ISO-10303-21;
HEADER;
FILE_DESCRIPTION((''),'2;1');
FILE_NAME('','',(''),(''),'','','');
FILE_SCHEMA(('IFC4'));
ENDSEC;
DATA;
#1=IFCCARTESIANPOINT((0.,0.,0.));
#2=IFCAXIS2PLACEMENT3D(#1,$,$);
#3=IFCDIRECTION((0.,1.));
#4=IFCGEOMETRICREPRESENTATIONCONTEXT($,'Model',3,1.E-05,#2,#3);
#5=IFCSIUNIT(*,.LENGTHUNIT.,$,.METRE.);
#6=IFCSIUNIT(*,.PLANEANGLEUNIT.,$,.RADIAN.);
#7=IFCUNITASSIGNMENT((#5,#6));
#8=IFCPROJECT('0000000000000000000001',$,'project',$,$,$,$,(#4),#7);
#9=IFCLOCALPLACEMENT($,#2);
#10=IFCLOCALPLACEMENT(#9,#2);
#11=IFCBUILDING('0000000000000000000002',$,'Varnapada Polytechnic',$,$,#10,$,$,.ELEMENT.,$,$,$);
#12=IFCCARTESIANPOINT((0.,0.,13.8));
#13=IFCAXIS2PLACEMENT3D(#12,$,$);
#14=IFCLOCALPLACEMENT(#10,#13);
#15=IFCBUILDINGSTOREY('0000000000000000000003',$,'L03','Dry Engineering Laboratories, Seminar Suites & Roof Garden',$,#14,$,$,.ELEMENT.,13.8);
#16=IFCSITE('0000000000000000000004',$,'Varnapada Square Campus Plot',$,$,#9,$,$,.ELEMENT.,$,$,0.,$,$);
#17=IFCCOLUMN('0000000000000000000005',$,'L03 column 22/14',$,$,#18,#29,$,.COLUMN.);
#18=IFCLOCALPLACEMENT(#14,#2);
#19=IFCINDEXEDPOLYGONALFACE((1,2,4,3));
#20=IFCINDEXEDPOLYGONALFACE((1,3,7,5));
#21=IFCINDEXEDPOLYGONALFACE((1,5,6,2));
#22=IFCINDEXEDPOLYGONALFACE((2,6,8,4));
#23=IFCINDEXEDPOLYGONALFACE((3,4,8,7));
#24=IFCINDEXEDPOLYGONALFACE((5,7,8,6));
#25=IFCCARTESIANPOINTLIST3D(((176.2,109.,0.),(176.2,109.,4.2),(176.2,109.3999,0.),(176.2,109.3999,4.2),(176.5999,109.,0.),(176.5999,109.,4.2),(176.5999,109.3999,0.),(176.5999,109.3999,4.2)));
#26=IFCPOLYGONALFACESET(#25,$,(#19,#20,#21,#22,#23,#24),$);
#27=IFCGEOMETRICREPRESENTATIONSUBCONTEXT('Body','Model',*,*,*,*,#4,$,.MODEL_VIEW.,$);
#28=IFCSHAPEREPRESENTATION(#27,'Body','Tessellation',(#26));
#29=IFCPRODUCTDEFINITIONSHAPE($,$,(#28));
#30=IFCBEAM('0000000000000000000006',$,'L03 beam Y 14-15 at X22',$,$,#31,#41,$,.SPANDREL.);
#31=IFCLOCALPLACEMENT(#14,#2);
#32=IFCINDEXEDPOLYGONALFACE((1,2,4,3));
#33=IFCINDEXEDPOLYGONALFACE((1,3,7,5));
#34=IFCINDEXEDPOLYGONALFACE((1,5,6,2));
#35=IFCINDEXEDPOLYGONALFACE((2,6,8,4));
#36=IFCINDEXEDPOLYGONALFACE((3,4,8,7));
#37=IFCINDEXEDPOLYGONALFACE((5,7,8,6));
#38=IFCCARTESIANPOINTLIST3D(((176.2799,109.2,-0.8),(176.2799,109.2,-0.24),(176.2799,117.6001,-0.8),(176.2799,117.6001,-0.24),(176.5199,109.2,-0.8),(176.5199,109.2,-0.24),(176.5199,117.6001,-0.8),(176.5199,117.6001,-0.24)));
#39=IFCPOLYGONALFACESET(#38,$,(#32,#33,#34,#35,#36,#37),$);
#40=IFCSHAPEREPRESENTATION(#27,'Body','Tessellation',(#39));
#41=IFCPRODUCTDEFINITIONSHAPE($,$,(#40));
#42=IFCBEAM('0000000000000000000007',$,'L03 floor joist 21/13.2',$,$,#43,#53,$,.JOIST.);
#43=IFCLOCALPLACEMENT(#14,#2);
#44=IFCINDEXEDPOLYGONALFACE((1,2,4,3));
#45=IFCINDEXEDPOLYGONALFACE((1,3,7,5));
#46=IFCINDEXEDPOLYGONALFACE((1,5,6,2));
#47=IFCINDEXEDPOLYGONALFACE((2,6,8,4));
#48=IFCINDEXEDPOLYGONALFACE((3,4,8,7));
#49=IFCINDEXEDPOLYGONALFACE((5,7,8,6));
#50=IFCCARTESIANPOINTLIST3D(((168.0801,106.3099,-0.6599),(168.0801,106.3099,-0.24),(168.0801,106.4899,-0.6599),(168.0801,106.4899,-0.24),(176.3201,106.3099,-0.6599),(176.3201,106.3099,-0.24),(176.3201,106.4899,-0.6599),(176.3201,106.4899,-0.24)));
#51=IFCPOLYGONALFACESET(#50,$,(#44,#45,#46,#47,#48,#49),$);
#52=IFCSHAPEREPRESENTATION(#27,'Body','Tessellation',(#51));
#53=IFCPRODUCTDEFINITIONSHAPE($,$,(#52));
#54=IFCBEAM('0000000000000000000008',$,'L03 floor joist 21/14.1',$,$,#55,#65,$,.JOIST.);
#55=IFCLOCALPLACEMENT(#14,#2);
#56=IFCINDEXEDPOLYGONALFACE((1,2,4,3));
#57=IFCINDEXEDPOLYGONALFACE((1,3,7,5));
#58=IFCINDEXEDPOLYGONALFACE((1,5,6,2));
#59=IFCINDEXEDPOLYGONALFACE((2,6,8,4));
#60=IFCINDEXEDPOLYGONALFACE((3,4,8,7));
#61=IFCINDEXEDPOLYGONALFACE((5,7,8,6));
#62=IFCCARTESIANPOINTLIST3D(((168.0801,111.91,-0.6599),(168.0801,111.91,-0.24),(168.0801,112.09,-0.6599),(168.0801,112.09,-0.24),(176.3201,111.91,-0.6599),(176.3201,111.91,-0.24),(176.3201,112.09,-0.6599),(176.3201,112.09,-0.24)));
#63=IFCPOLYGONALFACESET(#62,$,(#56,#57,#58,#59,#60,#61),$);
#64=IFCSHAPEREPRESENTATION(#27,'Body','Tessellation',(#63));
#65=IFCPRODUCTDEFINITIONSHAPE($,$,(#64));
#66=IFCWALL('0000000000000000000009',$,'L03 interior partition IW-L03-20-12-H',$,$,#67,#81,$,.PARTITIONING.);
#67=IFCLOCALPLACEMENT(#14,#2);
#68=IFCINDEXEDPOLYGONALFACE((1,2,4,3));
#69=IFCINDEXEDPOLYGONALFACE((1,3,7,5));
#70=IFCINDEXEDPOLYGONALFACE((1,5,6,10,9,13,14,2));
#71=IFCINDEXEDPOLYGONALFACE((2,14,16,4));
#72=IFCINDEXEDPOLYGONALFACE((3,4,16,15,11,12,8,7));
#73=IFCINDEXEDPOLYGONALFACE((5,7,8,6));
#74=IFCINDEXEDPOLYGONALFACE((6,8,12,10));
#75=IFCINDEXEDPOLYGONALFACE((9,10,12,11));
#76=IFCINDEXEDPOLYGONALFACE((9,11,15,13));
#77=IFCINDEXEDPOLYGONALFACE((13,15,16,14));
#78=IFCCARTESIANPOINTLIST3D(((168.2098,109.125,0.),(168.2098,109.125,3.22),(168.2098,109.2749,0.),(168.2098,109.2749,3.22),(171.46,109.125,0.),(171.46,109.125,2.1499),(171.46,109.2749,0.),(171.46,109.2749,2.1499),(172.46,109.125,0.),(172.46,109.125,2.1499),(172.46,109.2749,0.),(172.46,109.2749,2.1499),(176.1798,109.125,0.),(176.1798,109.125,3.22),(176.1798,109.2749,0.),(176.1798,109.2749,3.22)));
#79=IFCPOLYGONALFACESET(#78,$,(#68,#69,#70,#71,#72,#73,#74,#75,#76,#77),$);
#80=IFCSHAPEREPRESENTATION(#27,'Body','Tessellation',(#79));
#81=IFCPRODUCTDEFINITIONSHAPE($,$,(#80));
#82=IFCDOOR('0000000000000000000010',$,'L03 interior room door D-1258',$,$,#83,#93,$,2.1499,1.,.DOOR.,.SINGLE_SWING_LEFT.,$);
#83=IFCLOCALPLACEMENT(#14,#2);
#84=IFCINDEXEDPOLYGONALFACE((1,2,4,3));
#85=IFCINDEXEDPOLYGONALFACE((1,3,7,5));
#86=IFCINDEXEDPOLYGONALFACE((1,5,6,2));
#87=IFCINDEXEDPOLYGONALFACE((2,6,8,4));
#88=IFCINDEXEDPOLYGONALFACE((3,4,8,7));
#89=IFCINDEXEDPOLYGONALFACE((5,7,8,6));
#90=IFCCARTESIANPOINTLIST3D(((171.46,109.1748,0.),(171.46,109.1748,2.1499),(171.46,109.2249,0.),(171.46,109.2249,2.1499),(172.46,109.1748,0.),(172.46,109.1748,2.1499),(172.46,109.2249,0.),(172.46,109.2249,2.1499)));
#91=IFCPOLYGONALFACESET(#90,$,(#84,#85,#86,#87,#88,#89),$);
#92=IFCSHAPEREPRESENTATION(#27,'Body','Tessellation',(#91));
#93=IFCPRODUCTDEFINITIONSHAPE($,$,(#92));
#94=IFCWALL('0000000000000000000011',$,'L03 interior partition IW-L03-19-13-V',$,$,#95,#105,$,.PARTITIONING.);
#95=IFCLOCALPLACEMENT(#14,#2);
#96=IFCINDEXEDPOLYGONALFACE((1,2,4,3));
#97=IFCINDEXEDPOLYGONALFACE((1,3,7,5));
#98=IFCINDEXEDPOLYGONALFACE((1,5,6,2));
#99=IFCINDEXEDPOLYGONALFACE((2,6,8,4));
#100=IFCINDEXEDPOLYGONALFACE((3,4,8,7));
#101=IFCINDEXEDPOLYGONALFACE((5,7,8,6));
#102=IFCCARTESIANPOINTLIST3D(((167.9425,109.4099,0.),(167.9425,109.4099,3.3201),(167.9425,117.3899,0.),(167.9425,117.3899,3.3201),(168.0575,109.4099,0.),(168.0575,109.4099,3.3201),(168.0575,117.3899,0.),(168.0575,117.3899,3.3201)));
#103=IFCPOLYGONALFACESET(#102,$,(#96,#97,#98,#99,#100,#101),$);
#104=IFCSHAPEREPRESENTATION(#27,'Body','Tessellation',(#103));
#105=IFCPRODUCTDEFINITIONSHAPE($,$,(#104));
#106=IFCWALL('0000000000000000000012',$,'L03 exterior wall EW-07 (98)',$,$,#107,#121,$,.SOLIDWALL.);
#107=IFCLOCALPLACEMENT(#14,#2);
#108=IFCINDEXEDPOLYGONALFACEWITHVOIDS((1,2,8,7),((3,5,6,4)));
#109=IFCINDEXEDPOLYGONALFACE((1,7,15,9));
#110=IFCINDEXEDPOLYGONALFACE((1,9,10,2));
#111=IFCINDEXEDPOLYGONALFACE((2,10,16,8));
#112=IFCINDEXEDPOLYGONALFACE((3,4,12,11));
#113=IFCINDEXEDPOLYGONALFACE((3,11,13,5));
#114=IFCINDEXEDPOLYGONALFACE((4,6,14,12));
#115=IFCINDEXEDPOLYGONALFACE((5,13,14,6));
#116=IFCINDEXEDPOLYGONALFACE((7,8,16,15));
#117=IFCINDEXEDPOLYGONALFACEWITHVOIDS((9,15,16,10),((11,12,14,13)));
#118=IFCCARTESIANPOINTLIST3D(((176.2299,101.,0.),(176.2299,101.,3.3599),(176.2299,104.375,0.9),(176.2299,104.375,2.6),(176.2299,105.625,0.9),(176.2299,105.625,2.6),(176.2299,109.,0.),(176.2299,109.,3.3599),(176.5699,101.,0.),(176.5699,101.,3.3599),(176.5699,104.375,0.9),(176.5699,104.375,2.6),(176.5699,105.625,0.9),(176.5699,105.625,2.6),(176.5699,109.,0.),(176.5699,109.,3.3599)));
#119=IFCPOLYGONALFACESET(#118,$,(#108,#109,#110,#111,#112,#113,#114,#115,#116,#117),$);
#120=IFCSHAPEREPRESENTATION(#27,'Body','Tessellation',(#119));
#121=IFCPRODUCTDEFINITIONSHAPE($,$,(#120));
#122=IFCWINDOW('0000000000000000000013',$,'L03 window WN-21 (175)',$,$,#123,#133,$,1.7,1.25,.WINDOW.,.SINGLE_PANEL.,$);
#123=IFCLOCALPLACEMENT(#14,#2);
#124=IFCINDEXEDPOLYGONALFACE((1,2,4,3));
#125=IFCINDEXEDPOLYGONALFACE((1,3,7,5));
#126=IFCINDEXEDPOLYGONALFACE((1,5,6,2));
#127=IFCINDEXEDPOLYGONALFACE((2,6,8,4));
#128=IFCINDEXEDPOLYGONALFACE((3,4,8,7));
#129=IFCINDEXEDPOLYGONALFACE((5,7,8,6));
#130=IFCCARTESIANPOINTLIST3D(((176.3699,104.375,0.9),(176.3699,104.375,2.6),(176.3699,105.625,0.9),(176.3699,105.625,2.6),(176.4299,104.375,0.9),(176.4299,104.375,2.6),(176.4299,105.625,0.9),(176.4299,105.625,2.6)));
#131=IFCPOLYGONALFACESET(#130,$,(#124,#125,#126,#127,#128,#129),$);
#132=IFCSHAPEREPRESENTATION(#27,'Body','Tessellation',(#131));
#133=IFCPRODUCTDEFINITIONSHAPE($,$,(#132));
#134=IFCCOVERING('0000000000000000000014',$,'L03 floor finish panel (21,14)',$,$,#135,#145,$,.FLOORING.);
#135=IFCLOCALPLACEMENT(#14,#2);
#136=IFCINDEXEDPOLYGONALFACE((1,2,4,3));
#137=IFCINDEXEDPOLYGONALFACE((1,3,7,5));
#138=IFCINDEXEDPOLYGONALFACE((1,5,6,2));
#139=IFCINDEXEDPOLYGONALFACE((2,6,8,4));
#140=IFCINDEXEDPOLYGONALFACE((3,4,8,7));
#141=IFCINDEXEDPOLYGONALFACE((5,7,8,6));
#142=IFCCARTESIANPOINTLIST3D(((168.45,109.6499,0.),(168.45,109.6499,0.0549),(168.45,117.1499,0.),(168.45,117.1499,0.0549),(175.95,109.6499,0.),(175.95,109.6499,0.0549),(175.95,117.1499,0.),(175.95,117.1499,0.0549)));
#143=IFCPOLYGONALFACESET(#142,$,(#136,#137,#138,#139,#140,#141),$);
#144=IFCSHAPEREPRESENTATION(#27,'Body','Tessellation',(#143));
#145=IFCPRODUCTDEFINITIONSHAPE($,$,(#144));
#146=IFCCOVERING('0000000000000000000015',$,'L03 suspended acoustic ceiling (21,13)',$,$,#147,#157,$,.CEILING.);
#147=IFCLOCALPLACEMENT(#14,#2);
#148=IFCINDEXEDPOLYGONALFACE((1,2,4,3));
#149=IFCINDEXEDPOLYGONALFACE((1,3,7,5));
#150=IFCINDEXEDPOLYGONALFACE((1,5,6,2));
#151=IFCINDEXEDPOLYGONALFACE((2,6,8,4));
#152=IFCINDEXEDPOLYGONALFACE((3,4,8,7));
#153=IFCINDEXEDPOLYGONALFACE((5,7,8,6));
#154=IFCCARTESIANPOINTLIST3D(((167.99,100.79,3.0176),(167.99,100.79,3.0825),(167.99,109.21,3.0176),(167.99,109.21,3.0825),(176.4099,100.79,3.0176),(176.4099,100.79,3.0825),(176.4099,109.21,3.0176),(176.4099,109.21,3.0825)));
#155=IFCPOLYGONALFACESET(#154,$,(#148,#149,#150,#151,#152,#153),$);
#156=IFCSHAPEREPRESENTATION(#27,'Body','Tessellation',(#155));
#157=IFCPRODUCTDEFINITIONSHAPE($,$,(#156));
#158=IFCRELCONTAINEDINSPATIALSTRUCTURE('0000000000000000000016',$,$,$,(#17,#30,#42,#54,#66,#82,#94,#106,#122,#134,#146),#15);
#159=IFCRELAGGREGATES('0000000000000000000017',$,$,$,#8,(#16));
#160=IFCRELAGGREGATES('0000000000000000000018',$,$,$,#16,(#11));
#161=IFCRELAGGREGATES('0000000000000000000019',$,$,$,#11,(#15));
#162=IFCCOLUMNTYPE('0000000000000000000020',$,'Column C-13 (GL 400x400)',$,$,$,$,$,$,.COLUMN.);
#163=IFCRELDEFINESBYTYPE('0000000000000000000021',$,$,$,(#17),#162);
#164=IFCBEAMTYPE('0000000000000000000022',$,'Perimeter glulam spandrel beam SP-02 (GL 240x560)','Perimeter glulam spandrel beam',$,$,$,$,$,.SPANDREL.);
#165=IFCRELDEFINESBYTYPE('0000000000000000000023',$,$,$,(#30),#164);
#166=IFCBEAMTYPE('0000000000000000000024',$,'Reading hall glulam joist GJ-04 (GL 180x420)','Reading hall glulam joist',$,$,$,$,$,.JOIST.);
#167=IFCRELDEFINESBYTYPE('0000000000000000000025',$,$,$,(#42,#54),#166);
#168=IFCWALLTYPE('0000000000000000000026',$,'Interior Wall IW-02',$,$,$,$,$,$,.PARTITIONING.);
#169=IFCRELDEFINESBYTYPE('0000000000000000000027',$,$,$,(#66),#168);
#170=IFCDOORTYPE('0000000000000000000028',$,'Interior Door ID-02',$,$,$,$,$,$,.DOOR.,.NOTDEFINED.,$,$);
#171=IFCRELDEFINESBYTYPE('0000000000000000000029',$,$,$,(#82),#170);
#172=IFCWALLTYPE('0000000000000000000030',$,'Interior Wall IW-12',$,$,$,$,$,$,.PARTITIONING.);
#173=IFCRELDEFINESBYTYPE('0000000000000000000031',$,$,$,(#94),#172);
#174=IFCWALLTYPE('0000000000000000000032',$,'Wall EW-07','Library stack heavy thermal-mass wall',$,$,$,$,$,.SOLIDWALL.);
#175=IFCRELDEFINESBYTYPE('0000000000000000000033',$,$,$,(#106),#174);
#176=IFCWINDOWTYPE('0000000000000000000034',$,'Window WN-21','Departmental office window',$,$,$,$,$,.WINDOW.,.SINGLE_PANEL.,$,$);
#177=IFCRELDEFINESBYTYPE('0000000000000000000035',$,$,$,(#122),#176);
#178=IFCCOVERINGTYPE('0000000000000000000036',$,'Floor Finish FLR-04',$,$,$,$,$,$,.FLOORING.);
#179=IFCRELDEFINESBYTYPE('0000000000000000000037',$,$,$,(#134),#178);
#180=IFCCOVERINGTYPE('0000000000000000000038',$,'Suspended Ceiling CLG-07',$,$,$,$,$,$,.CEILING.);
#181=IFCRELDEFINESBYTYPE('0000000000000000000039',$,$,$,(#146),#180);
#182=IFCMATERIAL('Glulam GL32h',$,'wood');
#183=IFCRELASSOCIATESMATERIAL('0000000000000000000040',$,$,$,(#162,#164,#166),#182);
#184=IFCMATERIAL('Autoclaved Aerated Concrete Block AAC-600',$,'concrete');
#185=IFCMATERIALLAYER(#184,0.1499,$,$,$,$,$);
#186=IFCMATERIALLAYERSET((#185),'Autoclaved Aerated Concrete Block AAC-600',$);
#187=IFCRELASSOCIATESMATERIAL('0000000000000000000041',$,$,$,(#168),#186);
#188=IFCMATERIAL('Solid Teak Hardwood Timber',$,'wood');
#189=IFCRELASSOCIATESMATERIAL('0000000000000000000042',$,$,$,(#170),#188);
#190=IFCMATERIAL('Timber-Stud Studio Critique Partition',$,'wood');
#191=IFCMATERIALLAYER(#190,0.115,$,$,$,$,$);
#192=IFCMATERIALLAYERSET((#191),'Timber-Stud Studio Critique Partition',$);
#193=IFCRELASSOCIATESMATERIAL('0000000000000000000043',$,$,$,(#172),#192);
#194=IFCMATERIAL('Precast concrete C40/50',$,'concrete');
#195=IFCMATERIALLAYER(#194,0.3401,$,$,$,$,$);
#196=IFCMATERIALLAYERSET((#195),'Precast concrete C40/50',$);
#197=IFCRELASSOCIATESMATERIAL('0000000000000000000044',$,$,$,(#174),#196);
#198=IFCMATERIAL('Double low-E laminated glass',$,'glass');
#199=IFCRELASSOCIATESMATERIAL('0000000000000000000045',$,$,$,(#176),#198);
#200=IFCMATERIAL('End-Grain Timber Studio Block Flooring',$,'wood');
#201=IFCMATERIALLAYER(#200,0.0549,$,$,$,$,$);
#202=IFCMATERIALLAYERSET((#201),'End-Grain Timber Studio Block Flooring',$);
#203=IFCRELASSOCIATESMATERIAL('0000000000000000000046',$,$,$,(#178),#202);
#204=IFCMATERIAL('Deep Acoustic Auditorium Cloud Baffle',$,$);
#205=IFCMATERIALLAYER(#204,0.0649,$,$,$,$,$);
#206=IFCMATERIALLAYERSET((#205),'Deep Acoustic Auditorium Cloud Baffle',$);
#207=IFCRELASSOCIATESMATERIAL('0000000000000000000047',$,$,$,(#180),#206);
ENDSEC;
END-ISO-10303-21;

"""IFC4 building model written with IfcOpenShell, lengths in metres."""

from ifc_helpers import new_model, si_unit, direction, frame, frame_2d, origin, origin_2d, place, context, subcontext, project, spatial, rectangle, extrude, material, layer, layer_set, material_profile, profile_set, type_object, element, fill, save


model = new_model("IFC4")

# Units and contexts
model_context = context("Model", 3, precision=1e-05, world=origin(), true_north=direction((0.0, 1.0)))
body_context = subcontext(model_context, "Body", "Model", "MODEL_VIEW")
ifc_project = project(units=[si_unit("LENGTHUNIT", "METRE"), si_unit("PLANEANGLEUNIT", "RADIAN")], contexts=[model_context])

# Site, building, storey
site_placement = place(None, origin())
site = spatial("IfcSite", under=ifc_project, at=site_placement, Name="Varnapada Square Campus Plot", CompositionType="ELEMENT", RefElevation=0.0)
building_placement = place(site_placement, origin())
building = spatial("IfcBuilding", under=site, at=building_placement, Name="Varnapada Polytechnic", CompositionType="ELEMENT")
storey_placement = place(building_placement, frame((0.0, 0.0, 13.8)))
storey = spatial("IfcBuildingStorey", under=building, at=storey_placement, Name="L03", Description="Dry Engineering Laboratories, Seminar Suites & Roof Garden", CompositionType="ELEMENT", Elevation=13.8)

# Column
ifc_material_1 = material(Name="Glulam GL32h", Category="wood")
ifc_material_profile_1 = material_profile(ifc_material_1, rectangle(XDim=0.3999, YDim=0.3999, at=origin_2d()), Name="GL 400x400")
ifc_profile_set_1 = profile_set([ifc_material_profile_1], Name="Glulam GL32h")
column_type = type_object("IfcColumnType", Name="Column C-13 (GL 400x400)", PredefinedType="COLUMN", material=ifc_profile_set_1)
column_placement = place(storey_placement, frame((176.3999, 109.2, 0.0), z_axis=(0.0, 0.0, 1.0), x_axis=(1.0, 0.0, 0.0)))
element("IfcColumn", 1, at=column_placement, inside=storey, type_object=column_type, Name="L03 column 22/14", PredefinedType="COLUMN", context=body_context, shape_type="SweptSolid", body=[
    extrude(rectangle(XDim=0.3999, YDim=0.3999, at=origin_2d()), origin(), (0.0, 0.0, 1.0), 4.2),
])

# Beams
ifc_material_profile_2 = material_profile(ifc_material_1, rectangle(XDim=0.24, YDim=0.5601, at=origin_2d()), Name="GL 240x560")
ifc_profile_set_2 = profile_set([ifc_material_profile_2], Name="Glulam GL32h")
beam_type_1 = type_object("IfcBeamType", Name="Perimeter glulam spandrel beam SP-02 (GL 240x560)", Description="Perimeter glulam spandrel beam", PredefinedType="SPANDREL", material=ifc_profile_set_2)
beam_placement = place(storey_placement, frame((176.3999, 109.2, -0.52), z_axis=(0.0, 1.0, 0.0), x_axis=(-1.0, 0.0, 0.0)))
element("IfcBeam", 2, at=beam_placement, inside=storey, type_object=beam_type_1, Name="L03 beam Y 14-15 at X22", PredefinedType="SPANDREL", context=body_context, shape_type="SweptSolid", body=[
    extrude(rectangle(XDim=0.24, YDim=0.5601, at=origin_2d()), origin(), (0.0, 0.0, 1.0), 8.4001),
])
ifc_material_profile_3 = material_profile(ifc_material_1, rectangle(XDim=0.1799, YDim=0.4199, at=origin_2d()), Name="GL 180x420")
ifc_profile_set_3 = profile_set([ifc_material_profile_3], Name="Glulam GL32h")
beam_type_2 = type_object("IfcBeamType", Name="Reading hall glulam joist GJ-04 (GL 180x420)", Description="Reading hall glulam joist", PredefinedType="JOIST", material=ifc_profile_set_3)
for number, where, z_axis, x_axis, name in (
    (3, (168.0801, 106.3999, -0.45), (1.0, 0.0, 0.0), (0.0, 1.0, 0.0), "L03 floor joist 21/13.2"),
    (4, (168.0801, 112.0, -0.45), (1.0, 0.0, 0.0), (0.0, 1.0, 0.0), "L03 floor joist 21/14.1"),
):
    element("IfcBeam", number, at=place(storey_placement, frame(where, z_axis=z_axis, x_axis=x_axis)), inside=storey, type_object=beam_type_2, Name=name, PredefinedType="JOIST", context=body_context, shape_type="SweptSolid", body=[
        extrude(rectangle(XDim=0.1799, YDim=0.4199, at=origin_2d()), origin(), (0.0, 0.0, 1.0), 8.24),
    ])

# Wall, opening, door
ifc_material_2 = material(Name="Autoclaved Aerated Concrete Block AAC-600", Category="concrete")
ifc_layer_1 = layer(ifc_material_2, 0.1499)
ifc_layer_set_1 = layer_set([ifc_layer_1], Name="Autoclaved Aerated Concrete Block AAC-600")
wall_type_1 = type_object("IfcWallType", Name="Interior Wall IW-02", PredefinedType="PARTITIONING", material=ifc_layer_set_1)
wall_1_placement = place(storey_placement, frame((168.21, 109.2, 0.0), z_axis=(0.0, 0.0, 1.0), x_axis=(1.0, 0.0, 0.0)))
wall_1 = element("IfcWall", 5, at=wall_1_placement, inside=storey, type_object=wall_type_1, Name="L03 interior partition IW-L03-20-12-H", PredefinedType="PARTITIONING", context=body_context, shape_type="SweptSolid", body=[
    extrude(rectangle(XDim=7.97, YDim=0.1499, at=frame_2d((3.9849, 0.0))), origin(), (0.0, 0.0, 1.0), 3.22),
])
opening_1_placement = place(wall_1_placement, frame((3.25, 0.0, 0.0)))
opening_1 = element("IfcOpeningElement", 6, at=opening_1_placement, cuts=wall_1, PredefinedType="OPENING", context=body_context, shape_type="SweptSolid", body=[
    extrude(rectangle(XDim=1.0, YDim=2.1499, at=frame_2d((0.5, 1.075))), frame((0.0, 0.085, 0.0), z_axis=(0.0, -1.0, 0.0), x_axis=(1.0, 0.0, 0.0)), (0.0, 0.0, 1.0), 0.1699),
])
ifc_material_3 = material(Name="Solid Teak Hardwood Timber", Category="wood")
door_type = type_object("IfcDoorType", Name="Interior Door ID-02", OperationType="NOTDEFINED", PredefinedType="DOOR", material=ifc_material_3)
door_placement = place(opening_1_placement, origin())
door = element("IfcDoor", 7, at=door_placement, inside=storey, type_object=door_type, Name="L03 interior room door D-1258", OperationType="SINGLE_SWING_LEFT", OverallHeight=2.1499, OverallWidth=1.0, PredefinedType="DOOR", context=body_context, shape_type="SweptSolid", body=[
    extrude(rectangle(XDim=1.0, YDim=2.1499, at=frame_2d((0.5, 1.075))), frame((0.0, 0.0249, 0.0), z_axis=(0.0, -1.0, 0.0), x_axis=(1.0, 0.0, 0.0)), (0.0, 0.0, 1.0), 0.05),
])
fill(opening_1, door)

# Wall
ifc_material_4 = material(Name="Timber-Stud Studio Critique Partition", Category="wood")
ifc_layer_2 = layer(ifc_material_4, 0.115)
ifc_layer_set_2 = layer_set([ifc_layer_2], Name="Timber-Stud Studio Critique Partition")
wall_type_2 = type_object("IfcWallType", Name="Interior Wall IW-12", PredefinedType="PARTITIONING", material=ifc_layer_set_2)
wall_2_placement = place(storey_placement, frame((168.0, 109.4099, 0.0), z_axis=(0.0, 0.0, 1.0), x_axis=(0.0, 1.0, 0.0)))
element("IfcWall", 8, at=wall_2_placement, inside=storey, type_object=wall_type_2, Name="L03 interior partition IW-L03-19-13-V", PredefinedType="PARTITIONING", context=body_context, shape_type="SweptSolid", body=[
    extrude(rectangle(XDim=7.98, YDim=0.115, at=frame_2d((3.99, 0.0))), origin(), (0.0, 0.0, 1.0), 3.3201),
])

# Wall, opening, window
ifc_material_5 = material(Name="Precast concrete C40/50", Category="concrete")
ifc_layer_3 = layer(ifc_material_5, 0.3401)
ifc_layer_set_3 = layer_set([ifc_layer_3], Name="Precast concrete C40/50")
wall_type_3 = type_object("IfcWallType", Name="Wall EW-07", Description="Library stack heavy thermal-mass wall", PredefinedType="SOLIDWALL", material=ifc_layer_set_3)
wall_3_placement = place(storey_placement, frame((176.3999, 109.0, 0.0), z_axis=(0.0, 0.0, 1.0), x_axis=(0.0, -1.0, 0.0)))
wall_3 = element("IfcWall", 9, at=wall_3_placement, inside=storey, type_object=wall_type_3, Name="L03 exterior wall EW-07 (98)", PredefinedType="SOLIDWALL", context=body_context, shape_type="SweptSolid", body=[
    extrude(rectangle(XDim=8.0, YDim=0.3401, at=frame_2d((4.0, 0.0))), origin(), (0.0, 0.0, 1.0), 3.3599),
])
opening_2_placement = place(wall_3_placement, frame((3.375, 0.0, 0.8999)))
opening_2 = element("IfcOpeningElement", 10, at=opening_2_placement, cuts=wall_3, PredefinedType="OPENING", context=body_context, shape_type="SweptSolid", body=[
    extrude(rectangle(XDim=1.25, YDim=1.7, at=frame_2d((0.625, 0.8501))), frame((0.0, 0.1799, 0.0), z_axis=(0.0, -1.0, 0.0), x_axis=(1.0, 0.0, 0.0)), (0.0, 0.0, 1.0), 0.3601),
])
ifc_material_6 = material(Name="Double low-E laminated glass", Category="glass")
window_type = type_object("IfcWindowType", Name="Window WN-21", Description="Departmental office window", PartitioningType="SINGLE_PANEL", PredefinedType="WINDOW", material=ifc_material_6)
window_placement = place(opening_2_placement, origin())
window = element("IfcWindow", 11, at=window_placement, inside=storey, type_object=window_type, Name="L03 window WN-21 (175)", OverallHeight=1.7, OverallWidth=1.25, PartitioningType="SINGLE_PANEL", PredefinedType="WINDOW", context=body_context, shape_type="SweptSolid", body=[
    extrude(rectangle(XDim=1.25, YDim=1.7, at=frame_2d((0.625, 0.8501))), frame((0.0, 0.03, 0.0), z_axis=(0.0, -1.0, 0.0), x_axis=(1.0, 0.0, 0.0)), (0.0, 0.0, 1.0), 0.0601),
])
fill(opening_2, window)

# Coverings
ifc_material_7 = material(Name="End-Grain Timber Studio Block Flooring", Category="wood")
ifc_layer_4 = layer(ifc_material_7, 0.0549)
ifc_layer_set_4 = layer_set([ifc_layer_4], Name="End-Grain Timber Studio Block Flooring")
covering_type_1 = type_object("IfcCoveringType", Name="Floor Finish FLR-04", PredefinedType="FLOORING", material=ifc_layer_set_4)
covering_1_placement = place(storey_placement, frame((172.2, 113.3999, 0.0), z_axis=(0.0, 0.0, 1.0), x_axis=(1.0, 0.0, 0.0)))
element("IfcCovering", 12, at=covering_1_placement, inside=storey, type_object=covering_type_1, Name="L03 floor finish panel (21,14)", PredefinedType="FLOORING", context=body_context, shape_type="SweptSolid", body=[
    extrude(rectangle(XDim=7.5, YDim=7.5, at=origin_2d()), origin(), (0.0, 0.0, 1.0), 0.0549),
])
ifc_material_8 = material(Name="Deep Acoustic Auditorium Cloud Baffle")
ifc_layer_5 = layer(ifc_material_8, 0.0649)
ifc_layer_set_5 = layer_set([ifc_layer_5], Name="Deep Acoustic Auditorium Cloud Baffle")
covering_type_2 = type_object("IfcCoveringType", Name="Suspended Ceiling CLG-07", PredefinedType="CEILING", material=ifc_layer_set_5)
covering_2_placement = place(storey_placement, frame((172.2, 105.0, 3.0176), z_axis=(0.0, 0.0, 1.0), x_axis=(1.0, 0.0, 0.0)))
element("IfcCovering", 13, at=covering_2_placement, inside=storey, type_object=covering_type_2, Name="L03 suspended acoustic ceiling (21,13)", PredefinedType="CEILING", context=body_context, shape_type="SweptSolid", body=[
    extrude(rectangle(XDim=8.4199, YDim=8.4199, at=origin_2d()), origin(), (0.0, 0.0, 1.0), 0.0649),
])

save(model, "model.ifc")
